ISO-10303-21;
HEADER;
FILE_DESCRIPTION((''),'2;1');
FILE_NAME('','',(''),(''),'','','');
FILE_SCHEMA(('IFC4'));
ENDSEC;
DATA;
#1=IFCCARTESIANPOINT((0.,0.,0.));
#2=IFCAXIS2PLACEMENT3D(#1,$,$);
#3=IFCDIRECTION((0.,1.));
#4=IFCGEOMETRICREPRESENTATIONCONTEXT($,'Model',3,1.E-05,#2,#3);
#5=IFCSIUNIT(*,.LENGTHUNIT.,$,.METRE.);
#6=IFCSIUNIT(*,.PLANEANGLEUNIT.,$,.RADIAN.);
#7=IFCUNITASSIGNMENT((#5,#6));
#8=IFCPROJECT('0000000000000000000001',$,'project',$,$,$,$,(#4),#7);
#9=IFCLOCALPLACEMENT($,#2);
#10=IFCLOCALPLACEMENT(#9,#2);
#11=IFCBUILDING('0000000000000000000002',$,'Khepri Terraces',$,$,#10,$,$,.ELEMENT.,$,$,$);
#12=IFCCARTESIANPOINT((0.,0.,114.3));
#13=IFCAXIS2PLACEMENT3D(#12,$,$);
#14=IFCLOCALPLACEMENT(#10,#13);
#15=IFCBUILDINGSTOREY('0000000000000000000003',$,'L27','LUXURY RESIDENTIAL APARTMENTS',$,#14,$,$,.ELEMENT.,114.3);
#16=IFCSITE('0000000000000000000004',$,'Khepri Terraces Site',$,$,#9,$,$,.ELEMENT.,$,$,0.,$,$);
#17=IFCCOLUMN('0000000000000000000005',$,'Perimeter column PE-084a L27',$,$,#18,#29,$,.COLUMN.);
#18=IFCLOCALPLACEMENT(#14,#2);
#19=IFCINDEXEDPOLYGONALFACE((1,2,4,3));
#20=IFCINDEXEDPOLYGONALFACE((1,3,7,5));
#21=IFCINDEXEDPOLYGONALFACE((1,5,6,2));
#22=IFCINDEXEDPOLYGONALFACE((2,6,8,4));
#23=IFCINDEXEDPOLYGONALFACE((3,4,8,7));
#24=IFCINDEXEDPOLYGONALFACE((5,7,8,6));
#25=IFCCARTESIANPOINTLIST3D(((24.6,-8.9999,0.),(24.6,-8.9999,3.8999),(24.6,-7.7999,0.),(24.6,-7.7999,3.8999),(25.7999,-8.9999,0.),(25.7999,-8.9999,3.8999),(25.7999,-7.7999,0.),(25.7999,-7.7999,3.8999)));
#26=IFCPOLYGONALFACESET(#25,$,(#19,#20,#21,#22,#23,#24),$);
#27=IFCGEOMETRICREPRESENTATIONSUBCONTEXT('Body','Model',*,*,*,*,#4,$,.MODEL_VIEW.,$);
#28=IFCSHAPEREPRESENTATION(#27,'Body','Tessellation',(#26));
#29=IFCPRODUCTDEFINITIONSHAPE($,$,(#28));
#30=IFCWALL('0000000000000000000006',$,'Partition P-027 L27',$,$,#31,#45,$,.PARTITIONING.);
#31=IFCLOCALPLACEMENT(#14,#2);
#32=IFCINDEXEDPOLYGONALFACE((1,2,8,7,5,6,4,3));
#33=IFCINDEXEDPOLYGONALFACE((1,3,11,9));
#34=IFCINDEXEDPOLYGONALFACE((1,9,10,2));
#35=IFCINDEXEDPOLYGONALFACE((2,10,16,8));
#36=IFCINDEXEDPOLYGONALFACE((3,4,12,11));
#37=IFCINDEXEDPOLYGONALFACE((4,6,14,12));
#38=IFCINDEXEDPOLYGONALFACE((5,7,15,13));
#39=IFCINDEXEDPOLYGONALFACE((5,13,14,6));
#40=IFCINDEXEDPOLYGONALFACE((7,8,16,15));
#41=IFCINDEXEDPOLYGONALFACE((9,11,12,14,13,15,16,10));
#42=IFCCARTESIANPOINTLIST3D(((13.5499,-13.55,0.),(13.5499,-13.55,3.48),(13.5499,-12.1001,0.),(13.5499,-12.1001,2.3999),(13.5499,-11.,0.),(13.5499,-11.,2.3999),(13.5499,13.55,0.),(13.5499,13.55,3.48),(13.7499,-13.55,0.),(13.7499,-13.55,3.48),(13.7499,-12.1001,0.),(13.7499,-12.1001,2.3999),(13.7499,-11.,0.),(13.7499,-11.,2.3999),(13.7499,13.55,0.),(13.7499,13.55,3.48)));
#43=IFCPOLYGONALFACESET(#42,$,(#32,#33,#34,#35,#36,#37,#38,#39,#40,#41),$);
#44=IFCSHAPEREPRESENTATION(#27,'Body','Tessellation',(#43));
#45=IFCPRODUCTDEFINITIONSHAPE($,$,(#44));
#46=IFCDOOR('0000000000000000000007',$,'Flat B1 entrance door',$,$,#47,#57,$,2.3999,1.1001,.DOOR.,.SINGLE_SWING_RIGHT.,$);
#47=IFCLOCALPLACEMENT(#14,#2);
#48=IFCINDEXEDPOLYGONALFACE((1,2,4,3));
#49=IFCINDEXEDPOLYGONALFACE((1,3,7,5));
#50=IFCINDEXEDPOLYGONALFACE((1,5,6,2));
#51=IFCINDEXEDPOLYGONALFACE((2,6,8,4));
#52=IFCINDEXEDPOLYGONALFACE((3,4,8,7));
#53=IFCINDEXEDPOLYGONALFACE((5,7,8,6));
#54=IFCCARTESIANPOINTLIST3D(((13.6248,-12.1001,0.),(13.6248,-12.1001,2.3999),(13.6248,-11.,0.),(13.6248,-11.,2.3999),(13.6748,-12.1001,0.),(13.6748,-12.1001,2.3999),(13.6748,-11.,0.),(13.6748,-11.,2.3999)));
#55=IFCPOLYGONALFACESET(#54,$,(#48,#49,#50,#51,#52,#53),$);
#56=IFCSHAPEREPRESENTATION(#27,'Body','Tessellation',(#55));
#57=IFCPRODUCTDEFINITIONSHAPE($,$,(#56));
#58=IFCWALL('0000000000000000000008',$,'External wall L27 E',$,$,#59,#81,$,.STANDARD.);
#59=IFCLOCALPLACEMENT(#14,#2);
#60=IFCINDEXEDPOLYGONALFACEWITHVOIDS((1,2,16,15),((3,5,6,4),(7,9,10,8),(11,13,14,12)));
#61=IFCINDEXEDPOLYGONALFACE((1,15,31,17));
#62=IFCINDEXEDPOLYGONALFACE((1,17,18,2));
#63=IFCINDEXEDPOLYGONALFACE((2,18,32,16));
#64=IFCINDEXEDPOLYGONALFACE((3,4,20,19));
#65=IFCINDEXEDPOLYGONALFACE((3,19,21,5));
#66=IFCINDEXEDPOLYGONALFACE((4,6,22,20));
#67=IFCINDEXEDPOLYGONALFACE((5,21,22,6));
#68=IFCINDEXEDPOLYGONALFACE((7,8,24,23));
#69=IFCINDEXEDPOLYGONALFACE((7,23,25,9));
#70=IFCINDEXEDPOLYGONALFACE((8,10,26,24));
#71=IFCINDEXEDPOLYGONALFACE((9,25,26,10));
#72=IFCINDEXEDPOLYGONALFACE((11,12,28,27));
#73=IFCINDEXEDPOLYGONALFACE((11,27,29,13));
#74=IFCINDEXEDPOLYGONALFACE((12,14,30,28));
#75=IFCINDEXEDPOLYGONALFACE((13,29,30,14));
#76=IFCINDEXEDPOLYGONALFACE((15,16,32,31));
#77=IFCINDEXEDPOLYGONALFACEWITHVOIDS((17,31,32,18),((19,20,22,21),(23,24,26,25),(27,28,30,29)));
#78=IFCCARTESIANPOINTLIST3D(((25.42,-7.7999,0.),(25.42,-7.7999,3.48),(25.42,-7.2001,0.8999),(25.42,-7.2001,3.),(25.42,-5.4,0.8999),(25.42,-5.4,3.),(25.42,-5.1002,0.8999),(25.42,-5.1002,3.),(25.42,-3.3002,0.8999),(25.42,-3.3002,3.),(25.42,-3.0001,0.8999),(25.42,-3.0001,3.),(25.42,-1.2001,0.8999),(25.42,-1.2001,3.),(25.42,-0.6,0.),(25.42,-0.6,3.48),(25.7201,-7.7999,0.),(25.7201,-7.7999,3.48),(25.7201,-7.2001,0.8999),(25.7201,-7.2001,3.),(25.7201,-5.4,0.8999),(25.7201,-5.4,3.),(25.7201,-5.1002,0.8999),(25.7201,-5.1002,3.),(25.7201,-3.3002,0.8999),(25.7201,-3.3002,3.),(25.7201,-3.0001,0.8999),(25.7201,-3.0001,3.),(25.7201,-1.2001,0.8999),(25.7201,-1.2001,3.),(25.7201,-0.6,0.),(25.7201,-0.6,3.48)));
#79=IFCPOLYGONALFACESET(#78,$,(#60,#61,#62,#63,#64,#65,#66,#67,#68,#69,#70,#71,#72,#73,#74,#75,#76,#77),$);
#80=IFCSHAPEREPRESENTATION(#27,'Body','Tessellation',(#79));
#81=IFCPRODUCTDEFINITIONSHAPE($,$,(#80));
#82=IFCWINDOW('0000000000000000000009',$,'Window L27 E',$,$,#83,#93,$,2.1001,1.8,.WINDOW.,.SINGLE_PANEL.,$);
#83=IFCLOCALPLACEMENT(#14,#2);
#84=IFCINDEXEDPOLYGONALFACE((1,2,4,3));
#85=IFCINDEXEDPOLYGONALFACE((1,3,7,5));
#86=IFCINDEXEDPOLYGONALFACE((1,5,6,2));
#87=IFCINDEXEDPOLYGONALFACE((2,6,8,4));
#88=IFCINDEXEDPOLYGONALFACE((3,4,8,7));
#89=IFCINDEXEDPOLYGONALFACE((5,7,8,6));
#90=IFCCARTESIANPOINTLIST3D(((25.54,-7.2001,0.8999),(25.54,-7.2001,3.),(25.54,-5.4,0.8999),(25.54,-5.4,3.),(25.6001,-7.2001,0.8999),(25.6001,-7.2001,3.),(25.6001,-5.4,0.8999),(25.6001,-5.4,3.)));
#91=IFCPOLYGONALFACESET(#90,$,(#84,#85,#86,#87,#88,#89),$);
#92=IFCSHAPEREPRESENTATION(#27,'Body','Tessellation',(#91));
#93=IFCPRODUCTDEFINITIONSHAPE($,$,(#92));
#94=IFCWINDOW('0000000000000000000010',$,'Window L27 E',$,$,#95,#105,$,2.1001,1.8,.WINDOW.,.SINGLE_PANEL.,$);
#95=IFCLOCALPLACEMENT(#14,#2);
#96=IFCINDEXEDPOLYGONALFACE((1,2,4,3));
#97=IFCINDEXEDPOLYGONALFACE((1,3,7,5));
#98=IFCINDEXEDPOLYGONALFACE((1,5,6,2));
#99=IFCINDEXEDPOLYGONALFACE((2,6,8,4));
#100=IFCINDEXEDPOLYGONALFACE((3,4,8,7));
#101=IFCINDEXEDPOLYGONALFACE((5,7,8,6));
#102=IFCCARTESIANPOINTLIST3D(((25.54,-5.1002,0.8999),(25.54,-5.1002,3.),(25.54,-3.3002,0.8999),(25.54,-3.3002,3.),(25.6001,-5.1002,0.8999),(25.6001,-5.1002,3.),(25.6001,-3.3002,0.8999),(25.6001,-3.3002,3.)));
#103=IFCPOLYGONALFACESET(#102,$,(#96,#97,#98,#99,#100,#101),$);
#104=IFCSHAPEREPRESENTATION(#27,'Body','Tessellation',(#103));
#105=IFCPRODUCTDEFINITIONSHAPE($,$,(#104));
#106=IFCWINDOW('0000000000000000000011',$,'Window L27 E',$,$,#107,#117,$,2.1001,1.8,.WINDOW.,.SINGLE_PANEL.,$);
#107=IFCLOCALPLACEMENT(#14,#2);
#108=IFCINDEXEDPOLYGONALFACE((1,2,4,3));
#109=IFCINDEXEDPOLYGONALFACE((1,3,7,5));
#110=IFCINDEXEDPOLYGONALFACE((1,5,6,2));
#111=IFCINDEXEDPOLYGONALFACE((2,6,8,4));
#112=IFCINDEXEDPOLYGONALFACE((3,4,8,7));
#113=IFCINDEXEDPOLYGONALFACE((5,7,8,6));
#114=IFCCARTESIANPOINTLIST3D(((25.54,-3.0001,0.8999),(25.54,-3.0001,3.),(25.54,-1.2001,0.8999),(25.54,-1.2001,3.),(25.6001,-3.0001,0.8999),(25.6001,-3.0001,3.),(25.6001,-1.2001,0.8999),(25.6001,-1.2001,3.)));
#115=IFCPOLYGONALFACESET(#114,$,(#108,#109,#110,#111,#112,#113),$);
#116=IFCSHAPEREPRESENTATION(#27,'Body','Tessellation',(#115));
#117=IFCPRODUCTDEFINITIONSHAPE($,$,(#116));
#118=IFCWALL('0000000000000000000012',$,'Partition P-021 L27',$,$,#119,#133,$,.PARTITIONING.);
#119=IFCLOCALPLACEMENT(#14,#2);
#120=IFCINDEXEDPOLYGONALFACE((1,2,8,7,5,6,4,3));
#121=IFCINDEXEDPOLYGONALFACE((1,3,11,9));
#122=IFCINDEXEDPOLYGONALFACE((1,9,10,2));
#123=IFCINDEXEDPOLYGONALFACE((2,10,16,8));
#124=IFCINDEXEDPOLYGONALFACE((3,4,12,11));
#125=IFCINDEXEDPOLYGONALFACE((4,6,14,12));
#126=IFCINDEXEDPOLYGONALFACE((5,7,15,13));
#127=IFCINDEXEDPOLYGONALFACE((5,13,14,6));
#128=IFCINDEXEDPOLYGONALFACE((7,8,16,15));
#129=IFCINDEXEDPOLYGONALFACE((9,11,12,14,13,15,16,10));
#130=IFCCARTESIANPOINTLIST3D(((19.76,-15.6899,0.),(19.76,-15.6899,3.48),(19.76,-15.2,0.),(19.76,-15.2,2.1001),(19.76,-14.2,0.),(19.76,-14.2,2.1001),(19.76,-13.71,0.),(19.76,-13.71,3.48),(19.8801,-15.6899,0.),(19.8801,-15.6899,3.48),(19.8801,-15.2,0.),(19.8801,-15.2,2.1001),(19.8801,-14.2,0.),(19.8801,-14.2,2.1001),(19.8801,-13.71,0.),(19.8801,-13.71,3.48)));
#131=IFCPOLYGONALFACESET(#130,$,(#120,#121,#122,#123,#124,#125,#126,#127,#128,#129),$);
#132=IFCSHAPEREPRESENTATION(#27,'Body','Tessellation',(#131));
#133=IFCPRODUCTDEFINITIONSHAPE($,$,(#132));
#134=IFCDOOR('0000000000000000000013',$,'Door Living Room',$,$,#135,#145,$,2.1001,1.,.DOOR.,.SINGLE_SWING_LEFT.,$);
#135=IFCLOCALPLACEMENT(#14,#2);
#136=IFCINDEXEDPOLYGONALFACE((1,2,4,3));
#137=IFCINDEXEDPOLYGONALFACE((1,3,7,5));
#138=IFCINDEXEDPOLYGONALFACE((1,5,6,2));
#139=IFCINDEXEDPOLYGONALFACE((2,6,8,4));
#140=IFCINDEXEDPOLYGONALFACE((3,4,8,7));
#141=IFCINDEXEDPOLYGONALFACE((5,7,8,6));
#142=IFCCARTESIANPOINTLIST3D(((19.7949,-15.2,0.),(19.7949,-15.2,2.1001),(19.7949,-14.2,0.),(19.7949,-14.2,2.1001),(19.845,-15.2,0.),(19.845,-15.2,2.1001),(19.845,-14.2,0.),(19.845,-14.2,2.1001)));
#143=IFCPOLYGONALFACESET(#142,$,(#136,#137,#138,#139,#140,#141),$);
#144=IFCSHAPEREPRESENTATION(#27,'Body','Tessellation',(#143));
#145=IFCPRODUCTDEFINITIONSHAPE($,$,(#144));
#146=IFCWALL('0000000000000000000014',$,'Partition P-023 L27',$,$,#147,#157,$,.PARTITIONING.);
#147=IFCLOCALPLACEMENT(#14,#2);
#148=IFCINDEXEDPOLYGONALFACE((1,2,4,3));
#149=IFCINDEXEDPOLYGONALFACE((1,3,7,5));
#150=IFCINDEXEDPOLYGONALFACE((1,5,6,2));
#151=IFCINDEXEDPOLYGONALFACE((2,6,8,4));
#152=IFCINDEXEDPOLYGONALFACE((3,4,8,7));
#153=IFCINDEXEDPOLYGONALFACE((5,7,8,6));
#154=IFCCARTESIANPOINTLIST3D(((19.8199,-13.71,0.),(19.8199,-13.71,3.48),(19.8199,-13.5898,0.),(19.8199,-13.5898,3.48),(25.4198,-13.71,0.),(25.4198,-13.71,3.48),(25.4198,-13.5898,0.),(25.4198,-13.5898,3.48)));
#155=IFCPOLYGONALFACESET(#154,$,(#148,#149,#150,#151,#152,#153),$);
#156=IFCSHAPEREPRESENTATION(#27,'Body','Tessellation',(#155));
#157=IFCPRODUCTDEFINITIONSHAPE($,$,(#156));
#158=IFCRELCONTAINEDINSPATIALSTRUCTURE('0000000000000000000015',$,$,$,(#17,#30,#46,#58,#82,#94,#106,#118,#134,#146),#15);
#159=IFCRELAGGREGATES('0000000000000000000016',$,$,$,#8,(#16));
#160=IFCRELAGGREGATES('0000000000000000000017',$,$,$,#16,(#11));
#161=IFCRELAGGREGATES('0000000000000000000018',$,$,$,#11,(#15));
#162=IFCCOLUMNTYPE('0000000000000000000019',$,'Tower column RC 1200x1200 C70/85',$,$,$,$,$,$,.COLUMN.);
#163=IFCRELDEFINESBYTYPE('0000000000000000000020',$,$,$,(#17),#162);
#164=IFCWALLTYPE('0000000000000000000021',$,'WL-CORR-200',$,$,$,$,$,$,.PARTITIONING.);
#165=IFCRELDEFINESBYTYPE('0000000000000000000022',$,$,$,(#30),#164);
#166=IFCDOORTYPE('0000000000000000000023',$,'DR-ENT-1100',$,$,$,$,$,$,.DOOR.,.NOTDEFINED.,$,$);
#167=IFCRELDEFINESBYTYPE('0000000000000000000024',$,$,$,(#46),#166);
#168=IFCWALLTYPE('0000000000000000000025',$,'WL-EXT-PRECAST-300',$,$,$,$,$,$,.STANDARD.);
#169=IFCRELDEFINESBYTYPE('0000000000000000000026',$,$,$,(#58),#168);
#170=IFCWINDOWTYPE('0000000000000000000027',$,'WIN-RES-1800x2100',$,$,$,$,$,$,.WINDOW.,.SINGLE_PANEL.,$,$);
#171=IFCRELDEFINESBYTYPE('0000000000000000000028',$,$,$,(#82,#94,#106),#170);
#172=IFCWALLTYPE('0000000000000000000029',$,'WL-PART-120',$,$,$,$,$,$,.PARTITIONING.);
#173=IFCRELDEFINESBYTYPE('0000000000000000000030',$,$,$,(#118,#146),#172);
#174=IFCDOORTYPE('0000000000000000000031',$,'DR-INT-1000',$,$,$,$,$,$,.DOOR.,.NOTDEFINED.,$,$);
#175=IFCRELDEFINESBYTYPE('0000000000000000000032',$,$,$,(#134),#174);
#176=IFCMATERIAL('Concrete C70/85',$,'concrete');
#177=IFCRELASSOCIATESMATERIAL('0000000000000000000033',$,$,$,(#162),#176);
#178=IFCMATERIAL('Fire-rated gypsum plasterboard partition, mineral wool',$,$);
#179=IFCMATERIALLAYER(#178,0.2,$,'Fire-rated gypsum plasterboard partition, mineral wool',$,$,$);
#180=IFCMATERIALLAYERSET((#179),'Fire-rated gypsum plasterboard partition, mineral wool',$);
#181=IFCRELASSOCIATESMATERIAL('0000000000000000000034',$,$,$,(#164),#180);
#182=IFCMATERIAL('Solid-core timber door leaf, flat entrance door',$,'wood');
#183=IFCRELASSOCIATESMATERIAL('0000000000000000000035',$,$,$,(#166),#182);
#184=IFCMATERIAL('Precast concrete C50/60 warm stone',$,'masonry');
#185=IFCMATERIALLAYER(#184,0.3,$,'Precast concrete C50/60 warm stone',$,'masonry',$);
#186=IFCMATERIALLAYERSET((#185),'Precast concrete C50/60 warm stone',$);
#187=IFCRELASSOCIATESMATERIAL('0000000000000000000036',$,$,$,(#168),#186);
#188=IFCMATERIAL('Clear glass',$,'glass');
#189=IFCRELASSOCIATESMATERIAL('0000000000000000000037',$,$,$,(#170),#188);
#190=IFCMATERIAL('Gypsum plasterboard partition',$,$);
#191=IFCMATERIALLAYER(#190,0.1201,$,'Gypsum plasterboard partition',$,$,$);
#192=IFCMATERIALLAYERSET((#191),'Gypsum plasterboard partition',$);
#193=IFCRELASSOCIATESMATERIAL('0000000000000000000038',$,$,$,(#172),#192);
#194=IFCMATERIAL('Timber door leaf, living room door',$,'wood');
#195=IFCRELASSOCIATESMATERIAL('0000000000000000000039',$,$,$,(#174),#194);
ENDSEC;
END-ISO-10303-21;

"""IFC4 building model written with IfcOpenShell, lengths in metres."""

from ifc_helpers import new_model, si_unit, direction, frame, frame_2d, origin, origin_2d, place, context, subcontext, project, spatial, rectangle, extrude, material, layer, layer_set, material_profile, profile_set, type_object, element, fill, save


model = new_model("IFC4")

# Units and contexts
model_context = context("Model", 3, precision=1e-05, world=origin(), true_north=direction((0.0, 1.0)))
body_context = subcontext(model_context, "Body", "Model", "MODEL_VIEW")
ifc_project = project(units=[si_unit("LENGTHUNIT", "METRE"), si_unit("PLANEANGLEUNIT", "RADIAN")], contexts=[model_context])

# Site, building, storey
site_placement = place(None, origin())
site = spatial("IfcSite", under=ifc_project, at=site_placement, Name="Khepri Terraces Site", CompositionType="ELEMENT", RefElevation=0.0)
building_placement = place(site_placement, origin())
building = spatial("IfcBuilding", under=site, at=building_placement, Name="Khepri Terraces", CompositionType="ELEMENT")
storey_placement = place(building_placement, frame((0.0, 0.0, 114.3)))
storey = spatial("IfcBuildingStorey", under=building, at=storey_placement, Name="L27", Description="LUXURY RESIDENTIAL APARTMENTS", CompositionType="ELEMENT", Elevation=114.3)

# Column
ifc_material_1 = material(Name="Concrete C70/85", Category="concrete")
ifc_material_profile = material_profile(ifc_material_1, rectangle(XDim=1.2, YDim=1.2, at=origin_2d()), Name="Concrete C70/85", Category="concrete")
ifc_profile_set = profile_set([ifc_material_profile], Name="Concrete C70/85")
column_type = type_object("IfcColumnType", Name="Tower column RC 1200x1200 C70/85", PredefinedType="COLUMN", material=ifc_profile_set)
column_placement = place(storey_placement, frame((25.2, -8.3999, 0.0), z_axis=(0.0, 0.0, 1.0), x_axis=(1.0, 0.0, 0.0)))
element("IfcColumn", 1, at=column_placement, inside=storey, type_object=column_type, Name="Perimeter column PE-084a L27", PredefinedType="COLUMN", context=body_context, shape_type="SweptSolid", body=[
    extrude(rectangle(XDim=1.2, YDim=1.2, at=origin_2d()), origin(), (0.0, 0.0, 1.0), 3.8999),
])

# Wall, opening, door
ifc_material_2 = material(Name="Fire-rated gypsum plasterboard partition, mineral wool")
ifc_layer_1 = layer(ifc_material_2, 0.2, Name="Fire-rated gypsum plasterboard partition, mineral wool")
ifc_layer_set_1 = layer_set([ifc_layer_1], Name="Fire-rated gypsum plasterboard partition, mineral wool")
wall_type_1 = type_object("IfcWallType", Name="WL-CORR-200", PredefinedType="PARTITIONING", material=ifc_layer_set_1)
wall_1_placement = place(storey_placement, frame((13.6499, -13.55, 0.0), z_axis=(0.0, 0.0, 1.0), x_axis=(0.0, 1.0, 0.0)))
wall_1 = element("IfcWall", 2, at=wall_1_placement, inside=storey, type_object=wall_type_1, Name="Partition P-027 L27", PredefinedType="PARTITIONING", context=body_context, shape_type="SweptSolid", body=[
    extrude(rectangle(XDim=27.1001, YDim=0.2, at=frame_2d((13.55, 0.0))), origin(), (0.0, 0.0, 1.0), 3.48),
])
opening_1_placement = place(wall_1_placement, frame((1.45, 0.0, 0.0)))
opening_1 = element("IfcOpeningElement", 3, at=opening_1_placement, cuts=wall_1, PredefinedType="OPENING", context=body_context, shape_type="SweptSolid", body=[
    extrude(rectangle(XDim=1.1001, YDim=2.3999, at=frame_2d((0.55, 1.2))), frame((0.0, 0.1099, 0.0), z_axis=(0.0, -1.0, 0.0), x_axis=(1.0, 0.0, 0.0)), (0.0, 0.0, 1.0), 0.22),
])
ifc_material_3 = material(Name="Solid-core timber door leaf, flat entrance door", Category="wood")
door_type_1 = type_object("IfcDoorType", Name="DR-ENT-1100", OperationType="NOTDEFINED", PredefinedType="DOOR", material=ifc_material_3)
door_1_placement = place(opening_1_placement, frame((1.1001, 0.0, 0.0), z_axis=(0.0, 0.0, 1.0), x_axis=(-1.0, 0.0, 0.0)))
door_1 = element("IfcDoor", 4, at=door_1_placement, inside=storey, type_object=door_type_1, Name="Flat B1 entrance door", OperationType="SINGLE_SWING_RIGHT", OverallHeight=2.3999, OverallWidth=1.1001, PredefinedType="DOOR", context=body_context, shape_type="SweptSolid", body=[
    extrude(rectangle(XDim=1.1001, YDim=2.3999, at=frame_2d((0.55, 1.2))), frame((0.0, 0.0249, 0.0), z_axis=(0.0, -1.0, 0.0), x_axis=(1.0, 0.0, 0.0)), (0.0, 0.0, 1.0), 0.05),
])
fill(opening_1, door_1)

# Wall, openings, windows
ifc_material_4 = material(Name="Precast concrete C50/60 warm stone", Category="masonry")
ifc_layer_2 = layer(ifc_material_4, 0.3, Name="Precast concrete C50/60 warm stone", Category="masonry")
ifc_layer_set_2 = layer_set([ifc_layer_2], Name="Precast concrete C50/60 warm stone")
wall_type_2 = type_object("IfcWallType", Name="WL-EXT-PRECAST-300", PredefinedType="STANDARD", material=ifc_layer_set_2)
wall_2_placement = place(storey_placement, frame((25.5701, -7.8, 0.0), z_axis=(0.0, 0.0, 1.0), x_axis=(0.0, 1.0, 0.0)))
wall_2 = element("IfcWall", 5, at=wall_2_placement, inside=storey, type_object=wall_type_2, Name="External wall L27 E", PredefinedType="STANDARD", context=body_context, shape_type="SweptSolid", body=[
    extrude(rectangle(XDim=7.2, YDim=0.3, at=frame_2d((3.6001, 0.0))), origin(), (0.0, 0.0, 1.0), 3.48),
])
opening_2_placement = place(wall_2_placement, frame((0.6001, 0.0, 0.8999)))
opening_2 = element("IfcOpeningElement", 6, at=opening_2_placement, cuts=wall_2, PredefinedType="OPENING", context=body_context, shape_type="SweptSolid", body=[
    extrude(rectangle(XDim=1.8, YDim=2.1001, at=frame_2d((0.8999, 1.05))), frame((0.0, 0.1602, 0.0), z_axis=(0.0, -1.0, 0.0), x_axis=(1.0, 0.0, 0.0)), (0.0, 0.0, 1.0), 0.3201),
])
opening_3_placement = place(wall_2_placement, frame((2.7, 0.0, 0.8999)))
opening_3 = element("IfcOpeningElement", 7, at=opening_3_placement, cuts=wall_2, PredefinedType="OPENING", context=body_context, shape_type="SweptSolid", body=[
    extrude(rectangle(XDim=1.8, YDim=2.1001, at=frame_2d((0.8999, 1.05))), frame((0.0, 0.1602, 0.0), z_axis=(0.0, -1.0, 0.0), x_axis=(1.0, 0.0, 0.0)), (0.0, 0.0, 1.0), 0.3201),
])
opening_4_placement = place(wall_2_placement, frame((4.8, 0.0, 0.8999)))
opening_4 = element("IfcOpeningElement", 8, at=opening_4_placement, cuts=wall_2, PredefinedType="OPENING", context=body_context, shape_type="SweptSolid", body=[
    extrude(rectangle(XDim=1.8, YDim=2.1001, at=frame_2d((0.8999, 1.05))), frame((0.0, 0.1602, 0.0), z_axis=(0.0, -1.0, 0.0), x_axis=(1.0, 0.0, 0.0)), (0.0, 0.0, 1.0), 0.3201),
])
ifc_material_5 = material(Name="Clear glass", Category="glass")
window_type = type_object("IfcWindowType", Name="WIN-RES-1800x2100", PartitioningType="SINGLE_PANEL", PredefinedType="WINDOW", material=ifc_material_5)
window_1_placement = place(opening_2_placement, origin())
window_1 = element("IfcWindow", 9, at=window_1_placement, inside=storey, type_object=window_type, Name="Window L27 E", OverallHeight=2.1001, OverallWidth=1.8, PartitioningType="SINGLE_PANEL", PredefinedType="WINDOW", context=body_context, shape_type="SweptSolid", body=[
    extrude(rectangle(XDim=1.8, YDim=2.1001, at=frame_2d((0.8999, 1.05))), frame((0.0, 0.03, 0.0), z_axis=(0.0, -1.0, 0.0), x_axis=(1.0, 0.0, 0.0)), (0.0, 0.0, 1.0), 0.0601),
])
fill(opening_2, window_1)
window_2_placement = place(opening_3_placement, origin())
window_2 = element("IfcWindow", 10, at=window_2_placement, inside=storey, type_object=window_type, Name="Window L27 E", OverallHeight=2.1001, OverallWidth=1.8, PartitioningType="SINGLE_PANEL", PredefinedType="WINDOW", context=body_context, shape_type="SweptSolid", body=[
    extrude(rectangle(XDim=1.8, YDim=2.1001, at=frame_2d((0.8999, 1.05))), frame((0.0, 0.03, 0.0), z_axis=(0.0, -1.0, 0.0), x_axis=(1.0, 0.0, 0.0)), (0.0, 0.0, 1.0), 0.0601),
])
fill(opening_3, window_2)
window_3_placement = place(opening_4_placement, origin())
window_3 = element("IfcWindow", 11, at=window_3_placement, inside=storey, type_object=window_type, Name="Window L27 E", OverallHeight=2.1001, OverallWidth=1.8, PartitioningType="SINGLE_PANEL", PredefinedType="WINDOW", context=body_context, shape_type="SweptSolid", body=[
    extrude(rectangle(XDim=1.8, YDim=2.1001, at=frame_2d((0.8999, 1.05))), frame((0.0, 0.03, 0.0), z_axis=(0.0, -1.0, 0.0), x_axis=(1.0, 0.0, 0.0)), (0.0, 0.0, 1.0), 0.0601),
])
fill(opening_4, window_3)

# Wall, opening, door
ifc_material_6 = material(Name="Gypsum plasterboard partition")
ifc_layer_3 = layer(ifc_material_6, 0.1201, Name="Gypsum plasterboard partition")
ifc_layer_set_3 = layer_set([ifc_layer_3], Name="Gypsum plasterboard partition")
wall_type_3 = type_object("IfcWallType", Name="WL-PART-120", PredefinedType="PARTITIONING", material=ifc_layer_set_3)
wall_3_placement = place(storey_placement, frame((19.8201, -15.6899, 0.0), z_axis=(0.0, 0.0, 1.0), x_axis=(0.0, 1.0, 0.0)))
wall_3 = element("IfcWall", 12, at=wall_3_placement, inside=storey, type_object=wall_type_3, Name="Partition P-021 L27", PredefinedType="PARTITIONING", context=body_context, shape_type="SweptSolid", body=[
    extrude(rectangle(XDim=1.98, YDim=0.1201, at=frame_2d((0.99, 0.0))), origin(), (0.0, 0.0, 1.0), 3.48),
])
opening_5_placement = place(wall_3_placement, frame((0.49, 0.0, 0.0)))
opening_5 = element("IfcOpeningElement", 13, at=opening_5_placement, cuts=wall_3, PredefinedType="OPENING", context=body_context, shape_type="SweptSolid", body=[
    extrude(rectangle(XDim=1.0, YDim=2.1001, at=frame_2d((0.5, 1.05))), frame((0.0, 0.0701, 0.0), z_axis=(0.0, -1.0, 0.0), x_axis=(1.0, 0.0, 0.0)), (0.0, 0.0, 1.0), 0.1401),
])
ifc_material_7 = material(Name="Timber door leaf, living room door", Category="wood")
door_type_2 = type_object("IfcDoorType", Name="DR-INT-1000", OperationType="NOTDEFINED", PredefinedType="DOOR", material=ifc_material_7)
door_2_placement = place(opening_5_placement, frame((1.0, 0.0, 0.0), z_axis=(0.0, 0.0, 1.0), x_axis=(-1.0, 0.0, 0.0)))
door_2 = element("IfcDoor", 14, at=door_2_placement, inside=storey, type_object=door_type_2, Name="Door Living Room", OperationType="SINGLE_SWING_LEFT", OverallHeight=2.1001, OverallWidth=1.0, PredefinedType="DOOR", context=body_context, shape_type="SweptSolid", body=[
    extrude(rectangle(XDim=1.0, YDim=2.1001, at=frame_2d((0.5, 1.05))), frame((0.0, 0.0249, 0.0), z_axis=(0.0, -1.0, 0.0), x_axis=(1.0, 0.0, 0.0)), (0.0, 0.0, 1.0), 0.05),
])
fill(opening_5, door_2)

# Wall
wall_4_placement = place(storey_placement, frame((19.8201, -13.6499, 0.0), z_axis=(0.0, 0.0, 1.0), x_axis=(1.0, 0.0, 0.0)))
element("IfcWall", 15, at=wall_4_placement, inside=storey, type_object=wall_type_3, Name="Partition P-023 L27", PredefinedType="PARTITIONING", context=body_context, shape_type="SweptSolid", body=[
    extrude(rectangle(XDim=5.5999, YDim=0.1201, at=frame_2d((2.7998, 0.0))), origin(), (0.0, 0.0, 1.0), 3.48),
])

save(model, "model.ifc")
